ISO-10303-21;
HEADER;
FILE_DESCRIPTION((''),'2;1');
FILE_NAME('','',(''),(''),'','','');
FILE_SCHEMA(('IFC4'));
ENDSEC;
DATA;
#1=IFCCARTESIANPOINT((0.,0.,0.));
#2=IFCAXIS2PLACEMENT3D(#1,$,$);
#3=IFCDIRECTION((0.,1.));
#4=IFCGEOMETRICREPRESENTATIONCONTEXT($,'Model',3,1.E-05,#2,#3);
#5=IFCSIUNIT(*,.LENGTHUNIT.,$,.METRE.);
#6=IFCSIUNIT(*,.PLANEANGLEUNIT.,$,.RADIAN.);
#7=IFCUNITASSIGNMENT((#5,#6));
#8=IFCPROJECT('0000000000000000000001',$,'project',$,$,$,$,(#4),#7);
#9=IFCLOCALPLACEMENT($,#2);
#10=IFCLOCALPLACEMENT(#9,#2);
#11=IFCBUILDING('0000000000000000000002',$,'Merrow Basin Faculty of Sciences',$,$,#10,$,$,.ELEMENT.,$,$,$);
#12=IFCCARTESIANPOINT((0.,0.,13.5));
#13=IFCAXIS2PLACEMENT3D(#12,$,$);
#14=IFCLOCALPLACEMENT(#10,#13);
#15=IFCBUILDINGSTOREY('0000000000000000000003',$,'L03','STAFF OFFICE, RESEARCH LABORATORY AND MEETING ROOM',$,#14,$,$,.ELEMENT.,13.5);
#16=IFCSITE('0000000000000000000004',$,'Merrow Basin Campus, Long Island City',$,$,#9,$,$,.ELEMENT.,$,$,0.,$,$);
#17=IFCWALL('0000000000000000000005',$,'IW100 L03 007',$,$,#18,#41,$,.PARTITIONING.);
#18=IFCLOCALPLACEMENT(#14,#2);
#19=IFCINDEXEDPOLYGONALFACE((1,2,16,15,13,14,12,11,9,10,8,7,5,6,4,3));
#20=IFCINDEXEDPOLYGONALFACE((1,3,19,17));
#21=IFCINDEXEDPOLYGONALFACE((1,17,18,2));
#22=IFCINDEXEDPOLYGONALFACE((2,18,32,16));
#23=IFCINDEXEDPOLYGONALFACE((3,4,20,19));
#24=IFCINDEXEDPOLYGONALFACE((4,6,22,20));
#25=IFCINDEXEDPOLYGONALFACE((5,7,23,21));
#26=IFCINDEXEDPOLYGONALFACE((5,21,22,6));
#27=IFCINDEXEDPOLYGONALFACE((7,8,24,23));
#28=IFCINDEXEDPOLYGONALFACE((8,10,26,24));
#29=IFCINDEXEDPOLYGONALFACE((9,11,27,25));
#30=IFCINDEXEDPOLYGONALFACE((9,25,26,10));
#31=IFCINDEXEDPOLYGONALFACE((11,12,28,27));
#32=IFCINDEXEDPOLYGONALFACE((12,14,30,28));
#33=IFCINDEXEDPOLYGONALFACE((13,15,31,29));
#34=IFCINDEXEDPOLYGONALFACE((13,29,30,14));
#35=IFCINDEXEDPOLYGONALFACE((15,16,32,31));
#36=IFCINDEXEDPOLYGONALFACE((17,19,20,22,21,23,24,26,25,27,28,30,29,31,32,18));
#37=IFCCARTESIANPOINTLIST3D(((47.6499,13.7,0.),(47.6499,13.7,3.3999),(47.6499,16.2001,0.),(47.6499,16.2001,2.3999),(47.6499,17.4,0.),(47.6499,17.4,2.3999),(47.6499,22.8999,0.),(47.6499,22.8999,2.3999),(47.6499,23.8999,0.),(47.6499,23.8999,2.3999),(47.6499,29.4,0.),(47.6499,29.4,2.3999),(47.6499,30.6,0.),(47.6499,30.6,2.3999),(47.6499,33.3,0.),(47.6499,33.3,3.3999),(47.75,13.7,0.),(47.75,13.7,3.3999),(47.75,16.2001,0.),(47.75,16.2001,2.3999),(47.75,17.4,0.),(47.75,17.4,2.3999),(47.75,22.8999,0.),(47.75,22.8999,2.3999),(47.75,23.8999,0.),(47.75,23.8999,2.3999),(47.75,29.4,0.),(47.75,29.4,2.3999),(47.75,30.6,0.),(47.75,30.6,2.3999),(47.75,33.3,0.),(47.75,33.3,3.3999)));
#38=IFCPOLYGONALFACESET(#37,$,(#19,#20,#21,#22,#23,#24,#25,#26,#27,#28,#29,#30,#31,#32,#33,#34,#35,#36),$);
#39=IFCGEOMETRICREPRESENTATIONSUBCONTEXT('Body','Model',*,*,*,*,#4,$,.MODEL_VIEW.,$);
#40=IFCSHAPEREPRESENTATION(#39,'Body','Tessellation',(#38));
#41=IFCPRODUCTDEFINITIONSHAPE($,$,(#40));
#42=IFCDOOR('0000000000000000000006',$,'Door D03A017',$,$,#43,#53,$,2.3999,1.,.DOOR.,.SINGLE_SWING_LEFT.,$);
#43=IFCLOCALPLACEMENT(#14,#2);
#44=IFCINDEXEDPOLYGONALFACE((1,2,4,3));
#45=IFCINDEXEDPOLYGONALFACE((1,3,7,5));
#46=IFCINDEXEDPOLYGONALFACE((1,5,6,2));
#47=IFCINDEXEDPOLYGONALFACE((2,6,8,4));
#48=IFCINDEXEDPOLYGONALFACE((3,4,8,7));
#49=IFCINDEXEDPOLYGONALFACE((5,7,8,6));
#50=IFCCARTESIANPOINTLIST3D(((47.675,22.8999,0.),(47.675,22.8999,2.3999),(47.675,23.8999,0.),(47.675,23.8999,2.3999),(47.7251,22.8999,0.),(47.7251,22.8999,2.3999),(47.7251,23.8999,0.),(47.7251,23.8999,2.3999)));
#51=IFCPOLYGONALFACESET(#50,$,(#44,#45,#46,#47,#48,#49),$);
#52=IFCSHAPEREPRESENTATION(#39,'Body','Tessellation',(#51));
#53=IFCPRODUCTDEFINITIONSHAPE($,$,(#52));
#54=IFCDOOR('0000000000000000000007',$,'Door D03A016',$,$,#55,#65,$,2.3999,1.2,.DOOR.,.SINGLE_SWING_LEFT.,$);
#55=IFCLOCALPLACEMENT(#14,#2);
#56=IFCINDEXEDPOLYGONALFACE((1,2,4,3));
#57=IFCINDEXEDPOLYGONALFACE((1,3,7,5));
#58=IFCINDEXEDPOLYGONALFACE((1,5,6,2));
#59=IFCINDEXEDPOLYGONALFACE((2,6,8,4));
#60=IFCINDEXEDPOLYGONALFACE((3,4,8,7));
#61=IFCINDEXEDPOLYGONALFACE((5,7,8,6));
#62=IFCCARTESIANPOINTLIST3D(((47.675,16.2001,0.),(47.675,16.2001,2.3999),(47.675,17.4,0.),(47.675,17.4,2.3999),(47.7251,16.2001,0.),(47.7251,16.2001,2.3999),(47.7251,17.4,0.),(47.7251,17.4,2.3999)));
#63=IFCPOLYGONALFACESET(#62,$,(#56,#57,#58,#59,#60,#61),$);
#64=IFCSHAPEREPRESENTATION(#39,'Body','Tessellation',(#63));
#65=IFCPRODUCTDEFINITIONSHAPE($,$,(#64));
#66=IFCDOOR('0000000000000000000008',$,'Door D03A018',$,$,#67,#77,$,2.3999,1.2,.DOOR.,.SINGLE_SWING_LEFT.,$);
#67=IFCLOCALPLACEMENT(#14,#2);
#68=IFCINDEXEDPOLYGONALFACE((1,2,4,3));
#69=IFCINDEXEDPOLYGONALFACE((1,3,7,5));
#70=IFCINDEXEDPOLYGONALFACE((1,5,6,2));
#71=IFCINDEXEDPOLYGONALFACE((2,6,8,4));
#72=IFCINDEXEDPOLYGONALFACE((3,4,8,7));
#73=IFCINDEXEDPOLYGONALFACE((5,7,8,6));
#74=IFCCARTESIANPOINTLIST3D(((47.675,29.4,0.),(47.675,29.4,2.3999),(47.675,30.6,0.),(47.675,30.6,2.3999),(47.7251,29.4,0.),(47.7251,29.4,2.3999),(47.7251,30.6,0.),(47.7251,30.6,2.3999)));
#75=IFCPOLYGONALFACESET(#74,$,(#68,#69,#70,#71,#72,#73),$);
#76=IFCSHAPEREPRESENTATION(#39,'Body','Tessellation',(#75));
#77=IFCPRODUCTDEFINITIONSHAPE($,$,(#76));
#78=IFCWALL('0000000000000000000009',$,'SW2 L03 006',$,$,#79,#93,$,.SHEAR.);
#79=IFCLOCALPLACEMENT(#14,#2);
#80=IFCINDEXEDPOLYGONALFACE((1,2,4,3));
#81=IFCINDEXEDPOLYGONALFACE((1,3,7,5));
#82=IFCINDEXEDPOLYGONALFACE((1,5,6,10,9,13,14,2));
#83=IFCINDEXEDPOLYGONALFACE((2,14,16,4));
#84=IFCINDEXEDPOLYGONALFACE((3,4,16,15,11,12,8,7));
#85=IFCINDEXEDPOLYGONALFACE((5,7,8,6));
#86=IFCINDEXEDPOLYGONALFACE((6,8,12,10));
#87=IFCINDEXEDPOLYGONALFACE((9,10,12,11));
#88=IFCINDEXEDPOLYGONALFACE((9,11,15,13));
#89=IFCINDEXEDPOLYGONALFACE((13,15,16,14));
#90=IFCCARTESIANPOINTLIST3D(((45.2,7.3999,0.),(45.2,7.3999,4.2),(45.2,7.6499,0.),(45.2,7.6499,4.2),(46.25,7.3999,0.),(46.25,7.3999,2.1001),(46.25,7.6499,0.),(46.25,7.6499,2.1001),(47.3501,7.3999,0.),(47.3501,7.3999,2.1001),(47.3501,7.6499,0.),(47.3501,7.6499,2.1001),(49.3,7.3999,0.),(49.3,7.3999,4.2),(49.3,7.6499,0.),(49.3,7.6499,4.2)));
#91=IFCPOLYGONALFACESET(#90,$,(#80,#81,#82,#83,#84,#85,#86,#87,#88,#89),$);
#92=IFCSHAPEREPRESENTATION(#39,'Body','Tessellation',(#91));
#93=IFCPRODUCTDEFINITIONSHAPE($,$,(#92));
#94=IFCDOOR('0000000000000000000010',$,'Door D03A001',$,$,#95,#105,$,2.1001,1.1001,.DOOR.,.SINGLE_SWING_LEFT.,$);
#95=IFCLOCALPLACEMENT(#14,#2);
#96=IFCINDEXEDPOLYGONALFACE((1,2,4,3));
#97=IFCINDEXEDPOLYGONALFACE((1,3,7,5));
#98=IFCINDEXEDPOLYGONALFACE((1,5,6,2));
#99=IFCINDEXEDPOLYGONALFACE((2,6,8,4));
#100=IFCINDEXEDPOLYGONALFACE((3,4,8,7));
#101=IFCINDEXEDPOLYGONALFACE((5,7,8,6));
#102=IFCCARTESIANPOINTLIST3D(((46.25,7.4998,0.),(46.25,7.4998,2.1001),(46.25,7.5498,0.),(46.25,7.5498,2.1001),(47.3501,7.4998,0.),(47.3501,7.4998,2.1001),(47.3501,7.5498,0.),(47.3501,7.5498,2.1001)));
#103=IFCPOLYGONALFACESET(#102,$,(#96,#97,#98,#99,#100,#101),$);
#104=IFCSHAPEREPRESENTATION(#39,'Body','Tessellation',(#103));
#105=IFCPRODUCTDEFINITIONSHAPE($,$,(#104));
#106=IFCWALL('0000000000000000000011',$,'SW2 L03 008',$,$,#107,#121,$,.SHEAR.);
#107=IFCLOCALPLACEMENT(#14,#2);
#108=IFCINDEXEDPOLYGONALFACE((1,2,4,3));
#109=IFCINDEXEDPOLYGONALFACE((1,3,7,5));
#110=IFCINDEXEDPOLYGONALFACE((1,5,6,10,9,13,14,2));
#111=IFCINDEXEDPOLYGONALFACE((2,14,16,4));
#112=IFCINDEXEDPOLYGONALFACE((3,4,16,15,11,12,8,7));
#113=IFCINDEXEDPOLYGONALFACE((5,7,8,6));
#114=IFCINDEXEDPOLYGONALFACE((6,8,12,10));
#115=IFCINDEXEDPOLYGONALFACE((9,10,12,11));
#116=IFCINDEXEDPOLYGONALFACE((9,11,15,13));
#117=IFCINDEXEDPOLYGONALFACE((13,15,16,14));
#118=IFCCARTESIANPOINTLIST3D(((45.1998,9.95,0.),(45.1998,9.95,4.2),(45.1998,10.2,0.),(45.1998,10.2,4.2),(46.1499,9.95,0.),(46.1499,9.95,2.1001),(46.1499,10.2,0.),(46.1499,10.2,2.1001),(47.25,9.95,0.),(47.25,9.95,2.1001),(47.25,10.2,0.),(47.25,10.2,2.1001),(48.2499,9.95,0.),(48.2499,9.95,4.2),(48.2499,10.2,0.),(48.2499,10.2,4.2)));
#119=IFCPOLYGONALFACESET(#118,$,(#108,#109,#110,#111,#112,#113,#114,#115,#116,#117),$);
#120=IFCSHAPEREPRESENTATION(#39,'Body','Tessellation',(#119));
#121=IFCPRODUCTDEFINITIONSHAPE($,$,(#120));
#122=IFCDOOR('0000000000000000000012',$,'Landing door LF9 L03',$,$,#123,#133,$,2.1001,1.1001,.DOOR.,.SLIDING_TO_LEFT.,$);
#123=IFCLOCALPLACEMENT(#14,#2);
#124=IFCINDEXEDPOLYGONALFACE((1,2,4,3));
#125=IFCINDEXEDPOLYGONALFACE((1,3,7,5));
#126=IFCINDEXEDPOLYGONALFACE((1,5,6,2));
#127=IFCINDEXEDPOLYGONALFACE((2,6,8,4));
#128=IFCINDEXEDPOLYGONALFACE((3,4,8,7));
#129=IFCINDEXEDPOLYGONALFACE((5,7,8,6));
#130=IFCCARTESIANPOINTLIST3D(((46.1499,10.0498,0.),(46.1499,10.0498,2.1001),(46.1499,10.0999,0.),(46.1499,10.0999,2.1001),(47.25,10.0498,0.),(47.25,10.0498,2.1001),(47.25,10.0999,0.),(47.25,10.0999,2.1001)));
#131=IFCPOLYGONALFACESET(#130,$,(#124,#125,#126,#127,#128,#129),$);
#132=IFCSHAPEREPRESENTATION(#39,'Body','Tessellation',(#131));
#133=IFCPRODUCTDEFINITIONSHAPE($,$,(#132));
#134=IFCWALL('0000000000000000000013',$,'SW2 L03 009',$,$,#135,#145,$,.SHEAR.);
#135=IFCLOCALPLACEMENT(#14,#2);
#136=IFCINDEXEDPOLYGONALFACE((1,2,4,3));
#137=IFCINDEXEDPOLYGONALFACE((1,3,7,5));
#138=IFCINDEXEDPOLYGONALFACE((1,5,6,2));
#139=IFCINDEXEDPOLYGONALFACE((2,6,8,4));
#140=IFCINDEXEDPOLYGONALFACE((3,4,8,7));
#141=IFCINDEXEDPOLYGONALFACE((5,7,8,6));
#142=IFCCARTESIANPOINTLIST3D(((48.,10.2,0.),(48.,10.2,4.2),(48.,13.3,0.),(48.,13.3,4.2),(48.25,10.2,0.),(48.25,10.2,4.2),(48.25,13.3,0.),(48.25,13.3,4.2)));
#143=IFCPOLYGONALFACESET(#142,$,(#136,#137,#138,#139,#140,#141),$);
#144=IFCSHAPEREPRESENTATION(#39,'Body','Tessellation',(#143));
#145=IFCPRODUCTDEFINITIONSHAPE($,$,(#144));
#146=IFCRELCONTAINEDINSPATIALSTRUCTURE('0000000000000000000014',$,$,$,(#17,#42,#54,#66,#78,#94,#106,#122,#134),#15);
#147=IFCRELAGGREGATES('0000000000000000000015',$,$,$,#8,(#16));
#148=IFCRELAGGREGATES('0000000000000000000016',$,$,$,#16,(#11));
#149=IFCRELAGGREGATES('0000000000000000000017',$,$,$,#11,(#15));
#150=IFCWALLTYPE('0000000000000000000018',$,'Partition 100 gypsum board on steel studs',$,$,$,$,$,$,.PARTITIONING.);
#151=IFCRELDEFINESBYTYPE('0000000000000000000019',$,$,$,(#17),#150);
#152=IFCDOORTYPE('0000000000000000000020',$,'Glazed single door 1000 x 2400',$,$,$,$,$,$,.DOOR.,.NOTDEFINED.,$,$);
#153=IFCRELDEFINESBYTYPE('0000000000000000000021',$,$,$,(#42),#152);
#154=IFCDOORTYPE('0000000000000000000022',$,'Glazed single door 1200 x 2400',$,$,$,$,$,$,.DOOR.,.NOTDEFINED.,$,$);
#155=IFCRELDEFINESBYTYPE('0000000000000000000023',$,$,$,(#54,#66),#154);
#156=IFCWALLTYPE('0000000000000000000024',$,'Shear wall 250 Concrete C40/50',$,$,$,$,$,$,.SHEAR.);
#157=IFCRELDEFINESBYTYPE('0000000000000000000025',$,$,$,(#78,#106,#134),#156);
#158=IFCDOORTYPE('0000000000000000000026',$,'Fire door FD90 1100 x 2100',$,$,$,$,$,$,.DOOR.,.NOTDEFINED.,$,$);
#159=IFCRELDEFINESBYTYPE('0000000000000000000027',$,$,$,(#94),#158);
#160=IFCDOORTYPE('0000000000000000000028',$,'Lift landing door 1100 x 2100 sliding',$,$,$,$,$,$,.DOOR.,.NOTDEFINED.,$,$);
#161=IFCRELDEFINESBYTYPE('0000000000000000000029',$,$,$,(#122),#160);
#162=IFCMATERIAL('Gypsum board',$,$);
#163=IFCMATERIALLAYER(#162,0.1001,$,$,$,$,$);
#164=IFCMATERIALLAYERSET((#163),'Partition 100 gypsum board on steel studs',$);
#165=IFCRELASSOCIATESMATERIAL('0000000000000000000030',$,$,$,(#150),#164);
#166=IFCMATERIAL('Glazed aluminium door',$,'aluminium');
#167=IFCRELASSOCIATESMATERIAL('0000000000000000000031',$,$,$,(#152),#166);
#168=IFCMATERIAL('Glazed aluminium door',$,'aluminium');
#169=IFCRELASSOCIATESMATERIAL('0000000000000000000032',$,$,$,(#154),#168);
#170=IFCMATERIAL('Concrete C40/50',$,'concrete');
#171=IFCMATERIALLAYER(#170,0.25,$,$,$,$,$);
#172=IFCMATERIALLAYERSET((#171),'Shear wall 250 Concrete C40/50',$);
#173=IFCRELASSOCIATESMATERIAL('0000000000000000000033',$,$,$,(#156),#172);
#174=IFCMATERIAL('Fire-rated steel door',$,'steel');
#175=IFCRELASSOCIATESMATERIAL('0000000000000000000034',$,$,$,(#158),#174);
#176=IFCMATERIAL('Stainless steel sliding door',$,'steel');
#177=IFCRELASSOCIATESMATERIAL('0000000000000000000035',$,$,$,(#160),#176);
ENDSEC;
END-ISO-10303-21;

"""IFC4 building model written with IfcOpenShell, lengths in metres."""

from ifc_helpers import new_model, si_unit, direction, frame, frame_2d, origin, place, context, subcontext, project, spatial, rectangle, extrude, material, layer, layer_set, type_object, element, fill, save


model = new_model("IFC4")

# Units and contexts
model_context = context("Model", 3, precision=1e-05, world=origin(), true_north=direction((0.0, 1.0)))
body_context = subcontext(model_context, "Body", "Model", "MODEL_VIEW")
ifc_project = project(units=[si_unit("LENGTHUNIT", "METRE"), si_unit("PLANEANGLEUNIT", "RADIAN")], contexts=[model_context])

# Site, building, storey
site_placement = place(None, origin())
site = spatial("IfcSite", under=ifc_project, at=site_placement, Name="Merrow Basin Campus, Long Island City", CompositionType="ELEMENT", RefElevation=0.0)
building_placement = place(site_placement, origin())
building = spatial("IfcBuilding", under=site, at=building_placement, Name="Merrow Basin Faculty of Sciences", CompositionType="ELEMENT")
storey_placement = place(building_placement, frame((0.0, 0.0, 13.5)))
storey = spatial("IfcBuildingStorey", under=building, at=storey_placement, Name="L03", Description="STAFF OFFICE, RESEARCH LABORATORY AND MEETING ROOM", CompositionType="ELEMENT", Elevation=13.5)

# Wall, openings, doors
ifc_material_1 = material(Name="Gypsum board")
ifc_layer_1 = layer(ifc_material_1, 0.1001)
ifc_layer_set_1 = layer_set([ifc_layer_1], Name="Partition 100 gypsum board on steel studs")
wall_type_1 = type_object("IfcWallType", Name="Partition 100 gypsum board on steel studs", PredefinedType="PARTITIONING", material=ifc_layer_set_1)
wall_1_placement = place(storey_placement, frame((47.7, 13.7, 0.0), z_axis=(0.0, 0.0, 1.0), x_axis=(0.0, 1.0, 0.0)))
wall_1 = element("IfcWall", 1, at=wall_1_placement, inside=storey, type_object=wall_type_1, Name="IW100 L03 007", PredefinedType="PARTITIONING", context=body_context, shape_type="SweptSolid", body=[
    extrude(rectangle(XDim=19.6001, YDim=0.1001, at=frame_2d((9.8, 0.0))), origin(), (0.0, 0.0, 1.0), 3.3999),
])
opening_1_placement = place(wall_1_placement, frame((2.5, 0.0, 0.0)))
opening_1 = element("IfcOpeningElement", 2, at=opening_1_placement, cuts=wall_1, PredefinedType="OPENING", context=body_context, shape_type="SweptSolid", body=[
    extrude(rectangle(XDim=1.2, YDim=2.3999, at=frame_2d((0.6001, 1.2))), frame((0.0, 0.0601, 0.0), z_axis=(0.0, -1.0, 0.0), x_axis=(1.0, 0.0, 0.0)), (0.0, 0.0, 1.0), 0.1201),
])
opening_2_placement = place(wall_1_placement, frame((9.2, 0.0, 0.0)))
opening_2 = element("IfcOpeningElement", 3, at=opening_2_placement, cuts=wall_1, PredefinedType="OPENING", context=body_context, shape_type="SweptSolid", body=[
    extrude(rectangle(XDim=1.0, YDim=2.3999, at=frame_2d((0.5, 1.2))), frame((0.0, 0.0601, 0.0), z_axis=(0.0, -1.0, 0.0), x_axis=(1.0, 0.0, 0.0)), (0.0, 0.0, 1.0), 0.1201),
])
opening_3_placement = place(wall_1_placement, frame((15.7, 0.0, 0.0)))
opening_3 = element("IfcOpeningElement", 4, at=opening_3_placement, cuts=wall_1, PredefinedType="OPENING", context=body_context, shape_type="SweptSolid", body=[
    extrude(rectangle(XDim=1.2, YDim=2.3999, at=frame_2d((0.6001, 1.2))), frame((0.0, 0.0601, 0.0), z_axis=(0.0, -1.0, 0.0), x_axis=(1.0, 0.0, 0.0)), (0.0, 0.0, 1.0), 0.1201),
])
ifc_material_2 = material(Name="Glazed aluminium door", Category="aluminium")
door_type_1 = type_object("IfcDoorType", Name="Glazed single door 1000 x 2400", OperationType="NOTDEFINED", PredefinedType="DOOR", material=ifc_material_2)
door_1_placement = place(opening_2_placement, origin())
door_1 = element("IfcDoor", 5, at=door_1_placement, inside=storey, type_object=door_type_1, Name="Door D03A017", OperationType="SINGLE_SWING_LEFT", OverallHeight=2.3999, OverallWidth=1.0, PredefinedType="DOOR", context=body_context, shape_type="SweptSolid", body=[
    extrude(rectangle(XDim=1.0, YDim=2.3999, at=frame_2d((0.5, 1.2))), frame((0.0, 0.0249, 0.0), z_axis=(0.0, -1.0, 0.0), x_axis=(1.0, 0.0, 0.0)), (0.0, 0.0, 1.0), 0.05),
])
fill(opening_2, door_1)
ifc_material_3 = material(Name="Glazed aluminium door", Category="aluminium")
door_type_2 = type_object("IfcDoorType", Name="Glazed single door 1200 x 2400", OperationType="NOTDEFINED", PredefinedType="DOOR", material=ifc_material_3)
door_2_placement = place(opening_1_placement, origin())
door_2 = element("IfcDoor", 6, at=door_2_placement, inside=storey, type_object=door_type_2, Name="Door D03A016", OperationType="SINGLE_SWING_LEFT", OverallHeight=2.3999, OverallWidth=1.2, PredefinedType="DOOR", context=body_context, shape_type="SweptSolid", body=[
    extrude(rectangle(XDim=1.2, YDim=2.3999, at=frame_2d((0.6001, 1.2))), frame((0.0, 0.0249, 0.0), z_axis=(0.0, -1.0, 0.0), x_axis=(1.0, 0.0, 0.0)), (0.0, 0.0, 1.0), 0.05),
])
fill(opening_1, door_2)
door_3_placement = place(opening_3_placement, origin())
door_3 = element("IfcDoor", 7, at=door_3_placement, inside=storey, type_object=door_type_2, Name="Door D03A018", OperationType="SINGLE_SWING_LEFT", OverallHeight=2.3999, OverallWidth=1.2, PredefinedType="DOOR", context=body_context, shape_type="SweptSolid", body=[
    extrude(rectangle(XDim=1.2, YDim=2.3999, at=frame_2d((0.6001, 1.2))), frame((0.0, 0.0249, 0.0), z_axis=(0.0, -1.0, 0.0), x_axis=(1.0, 0.0, 0.0)), (0.0, 0.0, 1.0), 0.05),
])
fill(opening_3, door_3)

# Walls, openings, doors
ifc_material_4 = material(Name="Concrete C40/50", Category="concrete")
ifc_layer_2 = layer(ifc_material_4, 0.25)
ifc_layer_set_2 = layer_set([ifc_layer_2], Name="Shear wall 250 Concrete C40/50")
wall_type_2 = type_object("IfcWallType", Name="Shear wall 250 Concrete C40/50", PredefinedType="SHEAR", material=ifc_layer_set_2)
wall_2_placement = place(storey_placement, frame((45.2, 7.5249, 0.0), z_axis=(0.0, 0.0, 1.0), x_axis=(1.0, 0.0, 0.0)))
wall_2 = element("IfcWall", 8, at=wall_2_placement, inside=storey, type_object=wall_type_2, Name="SW2 L03 006", PredefinedType="SHEAR", context=body_context, shape_type="SweptSolid", body=[
    extrude(rectangle(XDim=4.1001, YDim=0.25, at=frame_2d((2.05, 0.0))), origin(), (0.0, 0.0, 1.0), 4.2),
])
opening_4_placement = place(wall_2_placement, frame((1.05, 0.0, 0.0)))
opening_4 = element("IfcOpeningElement", 9, at=opening_4_placement, cuts=wall_2, PredefinedType="OPENING", context=body_context, shape_type="SweptSolid", body=[
    extrude(rectangle(XDim=1.1001, YDim=2.1001, at=frame_2d((0.55, 1.05))), frame((0.0, 0.135, 0.0), z_axis=(0.0, -1.0, 0.0), x_axis=(1.0, 0.0, 0.0)), (0.0, 0.0, 1.0), 0.27),
])
ifc_material_5 = material(Name="Fire-rated steel door", Category="steel")
door_type_3 = type_object("IfcDoorType", Name="Fire door FD90 1100 x 2100", OperationType="NOTDEFINED", PredefinedType="DOOR", material=ifc_material_5)
door_4_placement = place(opening_4_placement, origin())
door_4 = element("IfcDoor", 10, at=door_4_placement, inside=storey, type_object=door_type_3, Name="Door D03A001", OperationType="SINGLE_SWING_LEFT", OverallHeight=2.1001, OverallWidth=1.1001, PredefinedType="DOOR", context=body_context, shape_type="SweptSolid", body=[
    extrude(rectangle(XDim=1.1001, YDim=2.1001, at=frame_2d((0.55, 1.05))), frame((0.0, 0.0249, 0.0), z_axis=(0.0, -1.0, 0.0), x_axis=(1.0, 0.0, 0.0)), (0.0, 0.0, 1.0), 0.05),
])
fill(opening_4, door_4)
wall_3_placement = place(storey_placement, frame((45.2, 10.075, 0.0), z_axis=(0.0, 0.0, 1.0), x_axis=(1.0, 0.0, 0.0)))
wall_3 = element("IfcWall", 11, at=wall_3_placement, inside=storey, type_object=wall_type_2, Name="SW2 L03 008", PredefinedType="SHEAR", context=body_context, shape_type="SweptSolid", body=[
    extrude(rectangle(XDim=3.05, YDim=0.25, at=frame_2d((1.5249, 0.0))), origin(), (0.0, 0.0, 1.0), 4.2),
])
opening_5_placement = place(wall_3_placement, frame((0.95, 0.0, 0.0)))
opening_5 = element("IfcOpeningElement", 12, at=opening_5_placement, cuts=wall_3, PredefinedType="OPENING", context=body_context, shape_type="SweptSolid", body=[
    extrude(rectangle(XDim=1.1001, YDim=2.1001, at=frame_2d((0.55, 1.05))), frame((0.0, 0.135, 0.0), z_axis=(0.0, -1.0, 0.0), x_axis=(1.0, 0.0, 0.0)), (0.0, 0.0, 1.0), 0.27),
])
ifc_material_6 = material(Name="Stainless steel sliding door", Category="steel")
door_type_4 = type_object("IfcDoorType", Name="Lift landing door 1100 x 2100 sliding", OperationType="NOTDEFINED", PredefinedType="DOOR", material=ifc_material_6)
door_5_placement = place(opening_5_placement, origin())
door_5 = element("IfcDoor", 13, at=door_5_placement, inside=storey, type_object=door_type_4, Name="Landing door LF9 L03", OperationType="SLIDING_TO_LEFT", OverallHeight=2.1001, OverallWidth=1.1001, PredefinedType="DOOR", context=body_context, shape_type="SweptSolid", body=[
    extrude(rectangle(XDim=1.1001, YDim=2.1001, at=frame_2d((0.55, 1.05))), frame((0.0, 0.0249, 0.0), z_axis=(0.0, -1.0, 0.0), x_axis=(1.0, 0.0, 0.0)), (0.0, 0.0, 1.0), 0.05),
])
fill(opening_5, door_5)

# Wall
wall_4_placement = place(storey_placement, frame((48.125, 10.2, 0.0), z_axis=(0.0, 0.0, 1.0), x_axis=(0.0, 1.0, 0.0)))
element("IfcWall", 14, at=wall_4_placement, inside=storey, type_object=wall_type_2, Name="SW2 L03 009", PredefinedType="SHEAR", context=body_context, shape_type="SweptSolid", body=[
    extrude(rectangle(XDim=3.1001, YDim=0.25, at=frame_2d((1.55, 0.0))), origin(), (0.0, 0.0, 1.0), 4.2),
])

save(model, "model.ifc")
